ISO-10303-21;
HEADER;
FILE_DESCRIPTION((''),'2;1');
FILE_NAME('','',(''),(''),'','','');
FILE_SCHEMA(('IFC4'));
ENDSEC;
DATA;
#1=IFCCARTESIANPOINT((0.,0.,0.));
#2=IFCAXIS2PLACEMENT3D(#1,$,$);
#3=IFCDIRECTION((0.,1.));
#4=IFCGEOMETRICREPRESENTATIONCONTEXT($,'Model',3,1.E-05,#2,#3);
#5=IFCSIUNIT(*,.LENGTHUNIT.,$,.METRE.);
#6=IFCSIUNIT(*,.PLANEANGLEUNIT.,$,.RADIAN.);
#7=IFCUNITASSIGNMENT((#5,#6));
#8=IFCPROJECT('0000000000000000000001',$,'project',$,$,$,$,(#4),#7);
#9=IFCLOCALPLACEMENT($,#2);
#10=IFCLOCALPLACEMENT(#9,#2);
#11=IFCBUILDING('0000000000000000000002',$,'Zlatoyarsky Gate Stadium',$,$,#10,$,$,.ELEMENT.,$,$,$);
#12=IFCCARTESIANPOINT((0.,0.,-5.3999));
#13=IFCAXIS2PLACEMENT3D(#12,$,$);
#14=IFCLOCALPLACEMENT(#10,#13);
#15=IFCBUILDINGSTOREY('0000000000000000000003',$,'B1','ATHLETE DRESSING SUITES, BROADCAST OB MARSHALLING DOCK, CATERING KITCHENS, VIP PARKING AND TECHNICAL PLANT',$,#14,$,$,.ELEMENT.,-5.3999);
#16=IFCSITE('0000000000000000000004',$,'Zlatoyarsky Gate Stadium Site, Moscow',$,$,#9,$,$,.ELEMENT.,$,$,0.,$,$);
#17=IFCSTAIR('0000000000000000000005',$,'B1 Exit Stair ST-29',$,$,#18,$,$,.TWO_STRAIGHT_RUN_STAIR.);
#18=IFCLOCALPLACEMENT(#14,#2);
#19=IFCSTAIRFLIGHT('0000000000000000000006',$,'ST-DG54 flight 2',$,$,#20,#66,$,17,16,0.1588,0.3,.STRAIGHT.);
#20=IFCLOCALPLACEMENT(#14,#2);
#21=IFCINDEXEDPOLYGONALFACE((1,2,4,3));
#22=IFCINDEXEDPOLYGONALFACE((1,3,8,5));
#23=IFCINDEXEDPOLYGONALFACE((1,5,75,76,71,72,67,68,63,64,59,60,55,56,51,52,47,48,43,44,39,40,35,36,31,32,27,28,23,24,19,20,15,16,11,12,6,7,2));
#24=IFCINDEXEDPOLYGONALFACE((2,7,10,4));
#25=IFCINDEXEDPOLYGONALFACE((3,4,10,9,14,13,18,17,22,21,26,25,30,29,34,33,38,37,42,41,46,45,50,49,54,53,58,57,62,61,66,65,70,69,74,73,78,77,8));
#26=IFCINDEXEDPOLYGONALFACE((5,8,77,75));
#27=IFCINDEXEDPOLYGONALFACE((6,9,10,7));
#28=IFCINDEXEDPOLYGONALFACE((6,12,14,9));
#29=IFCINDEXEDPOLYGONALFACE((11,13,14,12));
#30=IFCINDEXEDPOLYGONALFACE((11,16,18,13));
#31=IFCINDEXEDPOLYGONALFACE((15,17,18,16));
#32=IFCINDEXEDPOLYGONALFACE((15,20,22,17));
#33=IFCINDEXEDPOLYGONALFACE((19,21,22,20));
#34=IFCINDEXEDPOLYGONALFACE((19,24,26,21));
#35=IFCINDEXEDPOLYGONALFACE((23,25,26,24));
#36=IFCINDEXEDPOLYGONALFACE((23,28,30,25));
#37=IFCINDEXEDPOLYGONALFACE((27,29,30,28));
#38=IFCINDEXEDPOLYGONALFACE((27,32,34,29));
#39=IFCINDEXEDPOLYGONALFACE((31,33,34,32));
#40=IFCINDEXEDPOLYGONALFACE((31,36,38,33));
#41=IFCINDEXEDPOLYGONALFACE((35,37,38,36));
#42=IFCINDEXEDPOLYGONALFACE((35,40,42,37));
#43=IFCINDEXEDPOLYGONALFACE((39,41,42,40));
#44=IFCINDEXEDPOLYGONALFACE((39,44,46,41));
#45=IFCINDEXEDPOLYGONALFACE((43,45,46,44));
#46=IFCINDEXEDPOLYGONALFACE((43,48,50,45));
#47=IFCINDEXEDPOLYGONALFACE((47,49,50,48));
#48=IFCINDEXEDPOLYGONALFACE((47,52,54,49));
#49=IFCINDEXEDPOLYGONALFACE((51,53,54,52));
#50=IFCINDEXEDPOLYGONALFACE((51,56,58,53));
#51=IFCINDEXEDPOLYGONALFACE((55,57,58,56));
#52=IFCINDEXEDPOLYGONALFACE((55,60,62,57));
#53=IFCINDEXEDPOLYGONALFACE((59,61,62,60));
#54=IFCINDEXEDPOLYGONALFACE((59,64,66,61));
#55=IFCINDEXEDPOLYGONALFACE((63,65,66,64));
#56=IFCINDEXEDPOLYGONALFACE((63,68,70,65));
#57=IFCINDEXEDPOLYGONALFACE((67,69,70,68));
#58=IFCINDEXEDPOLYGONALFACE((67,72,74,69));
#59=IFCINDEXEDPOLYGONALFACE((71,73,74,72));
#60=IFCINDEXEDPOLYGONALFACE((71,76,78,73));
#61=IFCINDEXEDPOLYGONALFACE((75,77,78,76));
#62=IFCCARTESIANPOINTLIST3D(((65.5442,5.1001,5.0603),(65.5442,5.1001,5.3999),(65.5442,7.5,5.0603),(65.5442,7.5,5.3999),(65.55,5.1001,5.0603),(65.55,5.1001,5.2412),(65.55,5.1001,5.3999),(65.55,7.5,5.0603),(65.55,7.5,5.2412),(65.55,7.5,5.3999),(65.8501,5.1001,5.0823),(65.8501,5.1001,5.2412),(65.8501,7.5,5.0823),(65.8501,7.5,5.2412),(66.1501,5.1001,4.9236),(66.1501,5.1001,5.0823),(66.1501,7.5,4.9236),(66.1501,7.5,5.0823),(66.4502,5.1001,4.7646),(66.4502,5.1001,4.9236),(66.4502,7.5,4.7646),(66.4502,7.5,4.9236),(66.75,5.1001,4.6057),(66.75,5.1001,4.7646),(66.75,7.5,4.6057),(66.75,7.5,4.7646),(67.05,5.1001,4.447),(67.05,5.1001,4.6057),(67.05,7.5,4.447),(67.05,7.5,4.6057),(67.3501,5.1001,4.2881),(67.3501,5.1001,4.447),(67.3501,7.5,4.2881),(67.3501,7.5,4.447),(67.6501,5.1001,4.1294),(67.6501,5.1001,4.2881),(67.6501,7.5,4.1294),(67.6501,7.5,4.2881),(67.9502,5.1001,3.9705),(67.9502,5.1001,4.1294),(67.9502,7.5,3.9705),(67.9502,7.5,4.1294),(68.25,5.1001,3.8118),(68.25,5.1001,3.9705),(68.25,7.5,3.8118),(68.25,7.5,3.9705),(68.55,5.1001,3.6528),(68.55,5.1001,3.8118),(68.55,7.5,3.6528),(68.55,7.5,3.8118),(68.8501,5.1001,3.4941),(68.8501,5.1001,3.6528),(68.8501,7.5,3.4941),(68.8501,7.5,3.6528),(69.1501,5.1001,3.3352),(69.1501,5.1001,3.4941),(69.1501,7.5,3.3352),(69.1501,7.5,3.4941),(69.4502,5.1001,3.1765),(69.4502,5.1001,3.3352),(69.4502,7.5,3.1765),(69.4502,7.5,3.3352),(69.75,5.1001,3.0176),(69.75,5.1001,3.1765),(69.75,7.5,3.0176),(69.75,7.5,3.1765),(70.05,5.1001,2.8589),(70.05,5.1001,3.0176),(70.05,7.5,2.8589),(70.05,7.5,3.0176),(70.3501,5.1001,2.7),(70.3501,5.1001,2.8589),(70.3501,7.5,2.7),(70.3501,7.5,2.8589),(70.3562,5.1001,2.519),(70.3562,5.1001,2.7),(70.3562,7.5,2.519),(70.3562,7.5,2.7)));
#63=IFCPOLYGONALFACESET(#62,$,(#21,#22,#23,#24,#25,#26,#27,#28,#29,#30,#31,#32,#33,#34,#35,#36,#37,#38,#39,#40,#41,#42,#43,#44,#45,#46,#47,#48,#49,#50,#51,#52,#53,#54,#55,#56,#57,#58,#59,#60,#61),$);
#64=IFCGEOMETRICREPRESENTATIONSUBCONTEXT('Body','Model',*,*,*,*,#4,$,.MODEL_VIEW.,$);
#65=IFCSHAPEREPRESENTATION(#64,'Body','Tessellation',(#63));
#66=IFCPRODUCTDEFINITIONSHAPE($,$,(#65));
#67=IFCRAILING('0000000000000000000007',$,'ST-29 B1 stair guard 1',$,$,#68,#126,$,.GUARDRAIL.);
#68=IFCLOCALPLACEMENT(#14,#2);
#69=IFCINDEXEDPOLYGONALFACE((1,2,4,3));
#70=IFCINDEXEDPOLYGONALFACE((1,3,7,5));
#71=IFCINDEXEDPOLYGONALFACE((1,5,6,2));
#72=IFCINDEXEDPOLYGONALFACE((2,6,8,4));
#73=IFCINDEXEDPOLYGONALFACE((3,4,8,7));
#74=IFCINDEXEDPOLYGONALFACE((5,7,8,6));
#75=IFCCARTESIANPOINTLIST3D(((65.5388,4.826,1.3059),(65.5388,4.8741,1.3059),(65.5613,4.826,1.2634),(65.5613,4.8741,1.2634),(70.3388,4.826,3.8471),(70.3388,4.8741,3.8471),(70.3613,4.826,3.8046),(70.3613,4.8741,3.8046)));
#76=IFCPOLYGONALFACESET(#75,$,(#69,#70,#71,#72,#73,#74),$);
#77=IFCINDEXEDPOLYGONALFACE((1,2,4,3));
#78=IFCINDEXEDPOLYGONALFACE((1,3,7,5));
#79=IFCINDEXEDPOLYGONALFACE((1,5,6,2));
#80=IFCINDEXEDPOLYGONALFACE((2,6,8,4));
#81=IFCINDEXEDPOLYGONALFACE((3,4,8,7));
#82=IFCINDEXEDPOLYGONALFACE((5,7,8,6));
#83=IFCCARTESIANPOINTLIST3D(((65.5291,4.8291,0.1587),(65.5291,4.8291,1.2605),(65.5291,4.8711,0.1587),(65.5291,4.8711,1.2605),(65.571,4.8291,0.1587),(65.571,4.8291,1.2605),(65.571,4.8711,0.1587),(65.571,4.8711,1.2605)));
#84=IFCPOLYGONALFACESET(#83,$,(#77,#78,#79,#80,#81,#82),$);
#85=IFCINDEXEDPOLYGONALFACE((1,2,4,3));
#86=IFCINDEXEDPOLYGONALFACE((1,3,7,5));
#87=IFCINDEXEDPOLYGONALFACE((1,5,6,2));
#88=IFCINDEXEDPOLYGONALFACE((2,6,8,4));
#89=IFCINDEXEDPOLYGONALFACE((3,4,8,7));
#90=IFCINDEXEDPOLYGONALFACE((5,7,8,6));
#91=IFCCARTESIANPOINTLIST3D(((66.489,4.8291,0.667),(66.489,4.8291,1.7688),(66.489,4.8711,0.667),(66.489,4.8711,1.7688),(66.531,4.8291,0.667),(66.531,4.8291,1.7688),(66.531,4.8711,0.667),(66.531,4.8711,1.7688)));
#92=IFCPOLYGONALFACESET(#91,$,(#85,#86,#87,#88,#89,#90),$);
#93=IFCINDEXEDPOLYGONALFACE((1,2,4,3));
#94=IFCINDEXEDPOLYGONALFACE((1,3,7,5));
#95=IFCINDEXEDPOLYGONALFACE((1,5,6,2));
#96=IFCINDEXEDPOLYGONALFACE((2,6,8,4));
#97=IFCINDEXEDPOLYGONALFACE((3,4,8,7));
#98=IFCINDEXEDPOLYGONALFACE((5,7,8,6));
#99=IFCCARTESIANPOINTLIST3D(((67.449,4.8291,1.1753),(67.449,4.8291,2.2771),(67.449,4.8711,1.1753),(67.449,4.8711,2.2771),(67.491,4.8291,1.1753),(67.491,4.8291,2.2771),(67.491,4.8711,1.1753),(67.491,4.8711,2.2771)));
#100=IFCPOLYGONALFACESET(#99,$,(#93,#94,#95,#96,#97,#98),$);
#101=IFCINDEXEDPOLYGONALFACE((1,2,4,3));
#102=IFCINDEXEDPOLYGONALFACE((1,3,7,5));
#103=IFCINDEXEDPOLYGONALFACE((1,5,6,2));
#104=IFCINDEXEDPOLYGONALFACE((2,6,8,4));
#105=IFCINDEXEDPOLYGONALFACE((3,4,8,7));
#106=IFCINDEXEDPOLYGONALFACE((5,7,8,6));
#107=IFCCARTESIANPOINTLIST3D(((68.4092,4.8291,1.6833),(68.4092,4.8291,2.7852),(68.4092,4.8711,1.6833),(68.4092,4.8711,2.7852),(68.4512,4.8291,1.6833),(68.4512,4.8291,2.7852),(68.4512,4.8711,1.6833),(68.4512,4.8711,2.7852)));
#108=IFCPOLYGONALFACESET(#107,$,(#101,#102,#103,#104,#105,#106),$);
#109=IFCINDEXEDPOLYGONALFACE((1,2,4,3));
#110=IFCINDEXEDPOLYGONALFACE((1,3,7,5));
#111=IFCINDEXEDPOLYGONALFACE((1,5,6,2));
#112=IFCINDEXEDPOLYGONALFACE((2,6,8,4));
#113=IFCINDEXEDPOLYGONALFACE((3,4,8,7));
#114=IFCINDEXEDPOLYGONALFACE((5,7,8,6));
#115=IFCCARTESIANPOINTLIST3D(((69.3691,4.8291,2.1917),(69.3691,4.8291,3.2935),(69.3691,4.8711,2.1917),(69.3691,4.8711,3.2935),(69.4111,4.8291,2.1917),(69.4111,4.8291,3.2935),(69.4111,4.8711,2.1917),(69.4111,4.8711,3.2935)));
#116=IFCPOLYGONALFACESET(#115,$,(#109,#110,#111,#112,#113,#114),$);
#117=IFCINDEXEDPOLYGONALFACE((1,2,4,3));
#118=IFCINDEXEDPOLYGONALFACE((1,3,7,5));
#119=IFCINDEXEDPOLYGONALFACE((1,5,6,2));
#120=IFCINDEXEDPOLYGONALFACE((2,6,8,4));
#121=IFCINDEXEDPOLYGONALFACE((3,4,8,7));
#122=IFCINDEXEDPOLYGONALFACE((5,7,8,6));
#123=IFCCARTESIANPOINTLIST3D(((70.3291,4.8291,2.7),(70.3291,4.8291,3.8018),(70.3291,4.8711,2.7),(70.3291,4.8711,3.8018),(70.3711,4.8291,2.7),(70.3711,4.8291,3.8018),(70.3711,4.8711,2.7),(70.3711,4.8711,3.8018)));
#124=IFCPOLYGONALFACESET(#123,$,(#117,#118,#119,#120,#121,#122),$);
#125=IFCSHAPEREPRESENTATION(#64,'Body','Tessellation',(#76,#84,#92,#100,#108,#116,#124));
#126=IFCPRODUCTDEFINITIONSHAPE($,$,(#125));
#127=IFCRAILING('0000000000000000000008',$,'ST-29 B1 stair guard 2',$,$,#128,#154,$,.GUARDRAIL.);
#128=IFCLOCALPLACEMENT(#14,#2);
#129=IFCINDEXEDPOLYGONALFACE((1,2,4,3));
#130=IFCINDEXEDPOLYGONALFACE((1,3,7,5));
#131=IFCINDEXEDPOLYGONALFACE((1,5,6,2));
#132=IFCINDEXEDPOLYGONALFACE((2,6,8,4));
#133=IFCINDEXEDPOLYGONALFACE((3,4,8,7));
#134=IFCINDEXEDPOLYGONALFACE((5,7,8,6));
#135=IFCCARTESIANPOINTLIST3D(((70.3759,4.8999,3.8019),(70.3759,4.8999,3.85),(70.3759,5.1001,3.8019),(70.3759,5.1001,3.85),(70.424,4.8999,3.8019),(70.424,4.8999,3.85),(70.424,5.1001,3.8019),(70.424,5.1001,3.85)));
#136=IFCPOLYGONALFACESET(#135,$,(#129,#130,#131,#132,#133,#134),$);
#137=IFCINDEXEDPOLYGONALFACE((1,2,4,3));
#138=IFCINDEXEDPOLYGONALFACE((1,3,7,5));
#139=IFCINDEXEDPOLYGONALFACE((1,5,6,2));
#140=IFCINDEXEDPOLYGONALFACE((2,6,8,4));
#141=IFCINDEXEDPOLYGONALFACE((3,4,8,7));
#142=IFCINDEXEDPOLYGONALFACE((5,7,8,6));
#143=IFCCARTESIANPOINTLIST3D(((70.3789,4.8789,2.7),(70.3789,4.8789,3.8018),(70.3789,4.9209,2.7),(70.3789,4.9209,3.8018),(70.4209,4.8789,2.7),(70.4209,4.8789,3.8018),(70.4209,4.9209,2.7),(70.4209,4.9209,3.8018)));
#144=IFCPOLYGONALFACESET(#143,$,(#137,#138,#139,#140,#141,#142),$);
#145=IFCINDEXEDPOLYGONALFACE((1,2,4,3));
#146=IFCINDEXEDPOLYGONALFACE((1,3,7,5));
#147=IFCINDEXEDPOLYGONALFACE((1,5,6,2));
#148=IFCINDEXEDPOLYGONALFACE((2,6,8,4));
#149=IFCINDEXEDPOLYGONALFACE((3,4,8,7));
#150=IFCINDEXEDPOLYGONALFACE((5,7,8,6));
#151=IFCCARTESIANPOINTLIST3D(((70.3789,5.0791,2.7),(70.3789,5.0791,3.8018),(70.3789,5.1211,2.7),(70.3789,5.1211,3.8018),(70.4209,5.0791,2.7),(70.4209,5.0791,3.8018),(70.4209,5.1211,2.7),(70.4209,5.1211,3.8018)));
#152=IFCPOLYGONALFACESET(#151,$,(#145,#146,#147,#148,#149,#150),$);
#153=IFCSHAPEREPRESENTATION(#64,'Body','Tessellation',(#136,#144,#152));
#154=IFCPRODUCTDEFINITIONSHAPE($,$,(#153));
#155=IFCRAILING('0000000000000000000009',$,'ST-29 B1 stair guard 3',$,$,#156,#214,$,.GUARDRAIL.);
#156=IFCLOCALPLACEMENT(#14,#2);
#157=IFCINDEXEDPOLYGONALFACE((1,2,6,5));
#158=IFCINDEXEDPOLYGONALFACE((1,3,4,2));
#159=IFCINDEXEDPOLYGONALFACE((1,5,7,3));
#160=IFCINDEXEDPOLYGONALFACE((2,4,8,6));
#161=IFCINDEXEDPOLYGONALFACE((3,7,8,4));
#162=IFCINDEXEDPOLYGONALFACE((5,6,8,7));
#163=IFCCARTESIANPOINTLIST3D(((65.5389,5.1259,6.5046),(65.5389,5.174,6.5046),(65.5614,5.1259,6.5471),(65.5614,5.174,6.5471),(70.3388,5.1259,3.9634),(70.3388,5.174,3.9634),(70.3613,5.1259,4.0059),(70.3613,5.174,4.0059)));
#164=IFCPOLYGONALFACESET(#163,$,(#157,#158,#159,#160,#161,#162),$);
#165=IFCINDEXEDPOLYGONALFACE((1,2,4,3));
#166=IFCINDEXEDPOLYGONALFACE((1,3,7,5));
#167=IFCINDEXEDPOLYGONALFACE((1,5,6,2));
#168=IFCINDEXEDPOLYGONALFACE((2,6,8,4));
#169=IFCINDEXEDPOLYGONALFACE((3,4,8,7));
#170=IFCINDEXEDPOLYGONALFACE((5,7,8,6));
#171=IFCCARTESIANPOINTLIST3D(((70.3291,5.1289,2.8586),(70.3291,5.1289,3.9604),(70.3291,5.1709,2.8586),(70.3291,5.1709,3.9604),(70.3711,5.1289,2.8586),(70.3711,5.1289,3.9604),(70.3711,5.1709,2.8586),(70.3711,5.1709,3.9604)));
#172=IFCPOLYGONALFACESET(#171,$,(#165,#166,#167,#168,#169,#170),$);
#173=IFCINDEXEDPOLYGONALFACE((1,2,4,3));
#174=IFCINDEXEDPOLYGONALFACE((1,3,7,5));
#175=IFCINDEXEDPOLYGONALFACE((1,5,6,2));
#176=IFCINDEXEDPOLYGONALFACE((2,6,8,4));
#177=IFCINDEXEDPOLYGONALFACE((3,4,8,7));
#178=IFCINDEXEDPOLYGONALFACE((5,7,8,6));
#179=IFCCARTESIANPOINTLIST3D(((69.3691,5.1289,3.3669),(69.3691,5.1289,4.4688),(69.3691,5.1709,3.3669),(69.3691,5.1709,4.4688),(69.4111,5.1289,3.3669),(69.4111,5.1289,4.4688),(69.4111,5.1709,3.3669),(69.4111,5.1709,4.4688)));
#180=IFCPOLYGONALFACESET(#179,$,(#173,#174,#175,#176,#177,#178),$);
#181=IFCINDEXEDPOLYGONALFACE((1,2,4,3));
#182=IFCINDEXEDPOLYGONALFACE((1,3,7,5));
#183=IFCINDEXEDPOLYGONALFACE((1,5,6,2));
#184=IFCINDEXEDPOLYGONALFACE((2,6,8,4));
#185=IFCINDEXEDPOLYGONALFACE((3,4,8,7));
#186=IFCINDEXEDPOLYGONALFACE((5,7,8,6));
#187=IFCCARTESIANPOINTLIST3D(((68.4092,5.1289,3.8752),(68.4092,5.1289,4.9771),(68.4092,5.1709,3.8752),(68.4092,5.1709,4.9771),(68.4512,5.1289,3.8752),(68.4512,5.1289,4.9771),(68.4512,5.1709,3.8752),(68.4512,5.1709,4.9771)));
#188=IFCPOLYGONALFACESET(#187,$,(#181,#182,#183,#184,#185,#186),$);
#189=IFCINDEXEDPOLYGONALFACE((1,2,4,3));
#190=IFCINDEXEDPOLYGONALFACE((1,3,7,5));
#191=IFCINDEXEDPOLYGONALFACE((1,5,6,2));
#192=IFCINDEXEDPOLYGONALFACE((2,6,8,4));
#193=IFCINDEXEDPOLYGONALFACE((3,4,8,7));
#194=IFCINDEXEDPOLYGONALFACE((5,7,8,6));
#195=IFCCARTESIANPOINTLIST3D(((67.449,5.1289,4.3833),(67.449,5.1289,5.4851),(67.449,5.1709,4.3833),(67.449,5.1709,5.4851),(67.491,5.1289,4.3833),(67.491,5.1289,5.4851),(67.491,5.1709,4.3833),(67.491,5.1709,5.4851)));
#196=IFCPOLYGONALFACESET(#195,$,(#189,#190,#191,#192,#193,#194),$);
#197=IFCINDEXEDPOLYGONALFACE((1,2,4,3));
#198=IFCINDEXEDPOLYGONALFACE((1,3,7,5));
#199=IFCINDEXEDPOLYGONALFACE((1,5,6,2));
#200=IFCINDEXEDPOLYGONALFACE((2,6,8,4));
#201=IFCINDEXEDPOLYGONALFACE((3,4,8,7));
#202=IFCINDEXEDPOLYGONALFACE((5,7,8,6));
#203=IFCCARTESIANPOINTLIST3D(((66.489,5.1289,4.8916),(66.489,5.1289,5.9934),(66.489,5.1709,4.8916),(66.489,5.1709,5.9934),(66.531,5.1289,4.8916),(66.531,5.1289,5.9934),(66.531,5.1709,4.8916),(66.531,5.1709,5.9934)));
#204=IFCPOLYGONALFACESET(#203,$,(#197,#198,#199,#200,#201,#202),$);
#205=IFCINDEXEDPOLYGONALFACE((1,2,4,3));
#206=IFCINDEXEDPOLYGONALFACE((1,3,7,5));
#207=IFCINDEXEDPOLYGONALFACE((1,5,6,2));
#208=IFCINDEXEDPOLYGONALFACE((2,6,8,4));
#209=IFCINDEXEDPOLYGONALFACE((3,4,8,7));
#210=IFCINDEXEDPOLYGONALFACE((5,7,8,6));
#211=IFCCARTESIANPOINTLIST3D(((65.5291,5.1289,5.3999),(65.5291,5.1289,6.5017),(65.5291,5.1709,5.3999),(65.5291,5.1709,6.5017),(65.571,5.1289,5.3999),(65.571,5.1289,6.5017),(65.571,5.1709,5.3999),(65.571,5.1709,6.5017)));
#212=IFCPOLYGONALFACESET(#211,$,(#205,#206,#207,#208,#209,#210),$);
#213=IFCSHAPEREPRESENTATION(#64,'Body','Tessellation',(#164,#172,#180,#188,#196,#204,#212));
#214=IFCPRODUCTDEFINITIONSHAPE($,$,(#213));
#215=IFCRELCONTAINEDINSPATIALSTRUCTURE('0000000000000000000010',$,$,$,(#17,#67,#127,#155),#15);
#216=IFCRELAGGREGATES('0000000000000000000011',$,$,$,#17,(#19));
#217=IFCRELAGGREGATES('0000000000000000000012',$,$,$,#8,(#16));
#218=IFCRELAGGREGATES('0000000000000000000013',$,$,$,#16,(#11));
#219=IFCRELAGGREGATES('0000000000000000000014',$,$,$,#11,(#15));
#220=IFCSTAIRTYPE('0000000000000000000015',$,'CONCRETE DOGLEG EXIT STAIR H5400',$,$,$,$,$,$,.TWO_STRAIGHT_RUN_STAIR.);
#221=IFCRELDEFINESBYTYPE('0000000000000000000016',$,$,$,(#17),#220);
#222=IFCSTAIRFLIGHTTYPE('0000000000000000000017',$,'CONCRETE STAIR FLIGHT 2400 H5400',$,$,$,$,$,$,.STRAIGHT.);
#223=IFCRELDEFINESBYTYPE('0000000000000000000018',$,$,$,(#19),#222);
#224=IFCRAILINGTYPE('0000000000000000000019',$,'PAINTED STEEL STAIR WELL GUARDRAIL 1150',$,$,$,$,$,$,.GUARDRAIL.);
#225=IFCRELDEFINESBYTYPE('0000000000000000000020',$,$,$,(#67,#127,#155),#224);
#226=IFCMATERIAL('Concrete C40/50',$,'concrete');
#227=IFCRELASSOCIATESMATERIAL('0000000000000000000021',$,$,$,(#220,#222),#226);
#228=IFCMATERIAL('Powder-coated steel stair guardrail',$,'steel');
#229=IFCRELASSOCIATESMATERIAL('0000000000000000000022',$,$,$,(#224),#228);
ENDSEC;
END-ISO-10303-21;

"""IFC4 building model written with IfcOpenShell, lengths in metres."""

from ifc_helpers import new_model, si_unit, direction, frame, origin, origin_2d, place, context, subcontext, project, spatial, polyline, rectangle, outline, extrude, material, type_object, element, aggregate, save


model = new_model("IFC4")

# Units and contexts
model_context = context("Model", 3, precision=1e-05, world=origin(), true_north=direction((0.0, 1.0)))
body_context = subcontext(model_context, "Body", "Model", "MODEL_VIEW")
ifc_project = project(units=[si_unit("LENGTHUNIT", "METRE"), si_unit("PLANEANGLEUNIT", "RADIAN")], contexts=[model_context])

# Site, building, storey
site_placement = place(None, origin())
site = spatial("IfcSite", under=ifc_project, at=site_placement, Name="Zlatoyarsky Gate Stadium Site, Moscow", CompositionType="ELEMENT", RefElevation=0.0)
building_placement = place(site_placement, origin())
building = spatial("IfcBuilding", under=site, at=building_placement, Name="Zlatoyarsky Gate Stadium", CompositionType="ELEMENT")
storey_placement = place(building_placement, frame((0.0, 0.0, -5.3999)))
storey = spatial("IfcBuildingStorey", under=building, at=storey_placement, Name="B1", Description="ATHLETE DRESSING SUITES, BROADCAST OB MARSHALLING DOCK, CATERING KITCHENS, VIP PARKING AND TECHNICAL PLANT", CompositionType="ELEMENT", Elevation=-5.3999)

# Shared definitions
ifc_material_1 = material(Name="Concrete C40/50", Category="concrete")

# Stair, stair flight
stair_type = type_object("IfcStairType", Name="CONCRETE DOGLEG EXIT STAIR H5400", PredefinedType="TWO_STRAIGHT_RUN_STAIR", material=ifc_material_1)
stair_placement = place(storey_placement, origin())
stair = element("IfcStair", 1, at=stair_placement, inside=storey, type_object=stair_type, Name="B1 Exit Stair ST-29", PredefinedType="TWO_STRAIGHT_RUN_STAIR")
stair_flight_type = type_object("IfcStairFlightType", Name="CONCRETE STAIR FLIGHT 2400 H5400", PredefinedType="STRAIGHT", material=ifc_material_1)
stair_flight_1_placement = place(storey_placement, frame((70.3501, 6.3, 2.7), z_axis=(0.0, 0.0, 1.0), x_axis=(-1.0, 0.0, 0.0)))
stair_flight_1 = element("IfcStairFlight", 2, at=stair_flight_1_placement, type_object=stair_flight_type, Name="ST-DG54 flight 2", NumberOfRisers=17, NumberOfTreads=16, PredefinedType="STRAIGHT", RiserHeight=0.1588, TreadLength=0.3, context=body_context, shape_type="SweptSolid", body=[
    extrude(outline(polyline([(-0.0061, -0.1809), (-0.0061, 0.0), (0.0, 0.0), (0.0, 0.1589), (0.3, 0.1589), (0.3, 0.3176), (0.6001, 0.3176), (0.6001, 0.4766), (0.8999, 0.4766), (0.8999, 0.6353), (1.2, 0.6353), (1.2, 0.7942), (1.5, 0.7942), (1.5, 0.9529), (1.8, 0.9529), (1.8, 1.1118), (2.1001, 1.1118), (2.1001, 1.2705), (2.3999, 1.2705), (2.3999, 1.4294), (2.7, 1.4294), (2.7, 1.5881), (3.0, 1.5881), (3.0, 1.7471), (3.3, 1.7471), (3.3, 1.9058), (3.6001, 1.9058), (3.6001, 2.0647), (3.8999, 2.0647), (3.8999, 2.2236), (4.2, 2.2236), (4.2, 2.3823), (4.5, 2.3823), (4.5, 2.5413), (4.8, 2.5413), (4.8, 2.7), (4.8059, 2.7), (4.8059, 2.3604), (4.8, 2.3604), (-0.0061, -0.1809)])), frame((0.0, 1.2, 0.0), z_axis=(0.0, -1.0, 0.0), x_axis=(1.0, 0.0, 0.0)), (0.0, 0.0, 1.0), 2.3999),
])
aggregate(stair, [stair_flight_1])

# Railings
ifc_material_2 = material(Name="Powder-coated steel stair guardrail", Category="steel")
railing_type_1 = type_object("IfcRailingType", Name="PAINTED STEEL STAIR WELL GUARDRAIL 1150", PredefinedType="GUARDRAIL", material=ifc_material_2)
railing_1_placement = place(storey_placement, frame((65.55, 4.8501, 0.1587)))
element("IfcRailing", 3, at=railing_1_placement, inside=storey, type_object=railing_type_1, Name="ST-29 B1 stair guard 1", PredefinedType="GUARDRAIL", context=body_context, shape_type="SweptSolid", body=[
    extrude(rectangle(XDim=0.0481, YDim=0.0481, at=origin_2d()), frame((0.0, 0.0, 1.126), z_axis=(0.883784, 0.0, 0.467896), x_axis=(0.0, 1.0, 0.0)), (0.0, 0.0, 1.0), 5.4312),
    extrude(rectangle(XDim=0.042, YDim=0.042, at=origin_2d()), origin(), (0.0, 0.0, 1.0), 1.1018),
    extrude(rectangle(XDim=0.042, YDim=0.042, at=origin_2d()), frame((0.96, 0.0, 0.5083)), (0.0, 0.0, 1.0), 1.1018),
    extrude(rectangle(XDim=0.042, YDim=0.042, at=origin_2d()), frame((1.9199, 0.0, 1.0166)), (0.0, 0.0, 1.0), 1.1018),
    extrude(rectangle(XDim=0.042, YDim=0.042, at=origin_2d()), frame((2.8801, 0.0, 1.5247)), (0.0, 0.0, 1.0), 1.1018),
    extrude(rectangle(XDim=0.042, YDim=0.042, at=origin_2d()), frame((3.8401, 0.0, 2.033)), (0.0, 0.0, 1.0), 1.1018),
    extrude(rectangle(XDim=0.042, YDim=0.042, at=origin_2d()), frame((4.8, 0.0, 2.5413)), (0.0, 0.0, 1.0), 1.1018),
])
railing_2_placement = place(storey_placement, frame((70.3999, 4.8999, 2.7)))
element("IfcRailing", 4, at=railing_2_placement, inside=storey, type_object=railing_type_1, Name="ST-29 B1 stair guard 2", PredefinedType="GUARDRAIL", context=body_context, shape_type="SweptSolid", body=[
    extrude(rectangle(XDim=0.0481, YDim=0.0481, at=origin_2d()), frame((0.0, 0.0, 1.126), z_axis=(0.0, 1.0, 0.0), x_axis=(-1.0, 0.0, 0.0)), (0.0, 0.0, 1.0), 0.2002),
    extrude(rectangle(XDim=0.042, YDim=0.042, at=origin_2d()), origin(), (0.0, 0.0, 1.0), 1.1018),
    extrude(rectangle(XDim=0.042, YDim=0.042, at=origin_2d()), frame((0.0, 0.2002, 0.0)), (0.0, 0.0, 1.0), 1.1018),
])
railing_3_placement = place(storey_placement, frame((70.3501, 5.1499, 2.8586)))
element("IfcRailing", 5, at=railing_3_placement, inside=storey, type_object=railing_type_1, Name="ST-29 B1 stair guard 3", PredefinedType="GUARDRAIL", context=body_context, shape_type="SweptSolid", body=[
    extrude(rectangle(XDim=0.0481, YDim=0.0481, at=origin_2d()), frame((0.0, 0.0, 1.126), z_axis=(-0.883784, 0.0, 0.467896), x_axis=(0.0, -1.0, 0.0)), (0.0, 0.0, 1.0), 5.4312),
    extrude(rectangle(XDim=0.042, YDim=0.042, at=origin_2d()), origin(), (0.0, 0.0, 1.0), 1.1018),
    extrude(rectangle(XDim=0.042, YDim=0.042, at=origin_2d()), frame((-0.96, 0.0, 0.5083)), (0.0, 0.0, 1.0), 1.1018),
    extrude(rectangle(XDim=0.042, YDim=0.042, at=origin_2d()), frame((-1.9199, 0.0, 1.0166)), (0.0, 0.0, 1.0), 1.1018),
    extrude(rectangle(XDim=0.042, YDim=0.042, at=origin_2d()), frame((-2.8801, 0.0, 1.5247)), (0.0, 0.0, 1.0), 1.1018),
    extrude(rectangle(XDim=0.042, YDim=0.042, at=origin_2d()), frame((-3.8401, 0.0, 2.033)), (0.0, 0.0, 1.0), 1.1018),
    extrude(rectangle(XDim=0.042, YDim=0.042, at=origin_2d()), frame((-4.8, 0.0, 2.5413)), (0.0, 0.0, 1.0), 1.1018),
])

save(model, "model.ifc")
